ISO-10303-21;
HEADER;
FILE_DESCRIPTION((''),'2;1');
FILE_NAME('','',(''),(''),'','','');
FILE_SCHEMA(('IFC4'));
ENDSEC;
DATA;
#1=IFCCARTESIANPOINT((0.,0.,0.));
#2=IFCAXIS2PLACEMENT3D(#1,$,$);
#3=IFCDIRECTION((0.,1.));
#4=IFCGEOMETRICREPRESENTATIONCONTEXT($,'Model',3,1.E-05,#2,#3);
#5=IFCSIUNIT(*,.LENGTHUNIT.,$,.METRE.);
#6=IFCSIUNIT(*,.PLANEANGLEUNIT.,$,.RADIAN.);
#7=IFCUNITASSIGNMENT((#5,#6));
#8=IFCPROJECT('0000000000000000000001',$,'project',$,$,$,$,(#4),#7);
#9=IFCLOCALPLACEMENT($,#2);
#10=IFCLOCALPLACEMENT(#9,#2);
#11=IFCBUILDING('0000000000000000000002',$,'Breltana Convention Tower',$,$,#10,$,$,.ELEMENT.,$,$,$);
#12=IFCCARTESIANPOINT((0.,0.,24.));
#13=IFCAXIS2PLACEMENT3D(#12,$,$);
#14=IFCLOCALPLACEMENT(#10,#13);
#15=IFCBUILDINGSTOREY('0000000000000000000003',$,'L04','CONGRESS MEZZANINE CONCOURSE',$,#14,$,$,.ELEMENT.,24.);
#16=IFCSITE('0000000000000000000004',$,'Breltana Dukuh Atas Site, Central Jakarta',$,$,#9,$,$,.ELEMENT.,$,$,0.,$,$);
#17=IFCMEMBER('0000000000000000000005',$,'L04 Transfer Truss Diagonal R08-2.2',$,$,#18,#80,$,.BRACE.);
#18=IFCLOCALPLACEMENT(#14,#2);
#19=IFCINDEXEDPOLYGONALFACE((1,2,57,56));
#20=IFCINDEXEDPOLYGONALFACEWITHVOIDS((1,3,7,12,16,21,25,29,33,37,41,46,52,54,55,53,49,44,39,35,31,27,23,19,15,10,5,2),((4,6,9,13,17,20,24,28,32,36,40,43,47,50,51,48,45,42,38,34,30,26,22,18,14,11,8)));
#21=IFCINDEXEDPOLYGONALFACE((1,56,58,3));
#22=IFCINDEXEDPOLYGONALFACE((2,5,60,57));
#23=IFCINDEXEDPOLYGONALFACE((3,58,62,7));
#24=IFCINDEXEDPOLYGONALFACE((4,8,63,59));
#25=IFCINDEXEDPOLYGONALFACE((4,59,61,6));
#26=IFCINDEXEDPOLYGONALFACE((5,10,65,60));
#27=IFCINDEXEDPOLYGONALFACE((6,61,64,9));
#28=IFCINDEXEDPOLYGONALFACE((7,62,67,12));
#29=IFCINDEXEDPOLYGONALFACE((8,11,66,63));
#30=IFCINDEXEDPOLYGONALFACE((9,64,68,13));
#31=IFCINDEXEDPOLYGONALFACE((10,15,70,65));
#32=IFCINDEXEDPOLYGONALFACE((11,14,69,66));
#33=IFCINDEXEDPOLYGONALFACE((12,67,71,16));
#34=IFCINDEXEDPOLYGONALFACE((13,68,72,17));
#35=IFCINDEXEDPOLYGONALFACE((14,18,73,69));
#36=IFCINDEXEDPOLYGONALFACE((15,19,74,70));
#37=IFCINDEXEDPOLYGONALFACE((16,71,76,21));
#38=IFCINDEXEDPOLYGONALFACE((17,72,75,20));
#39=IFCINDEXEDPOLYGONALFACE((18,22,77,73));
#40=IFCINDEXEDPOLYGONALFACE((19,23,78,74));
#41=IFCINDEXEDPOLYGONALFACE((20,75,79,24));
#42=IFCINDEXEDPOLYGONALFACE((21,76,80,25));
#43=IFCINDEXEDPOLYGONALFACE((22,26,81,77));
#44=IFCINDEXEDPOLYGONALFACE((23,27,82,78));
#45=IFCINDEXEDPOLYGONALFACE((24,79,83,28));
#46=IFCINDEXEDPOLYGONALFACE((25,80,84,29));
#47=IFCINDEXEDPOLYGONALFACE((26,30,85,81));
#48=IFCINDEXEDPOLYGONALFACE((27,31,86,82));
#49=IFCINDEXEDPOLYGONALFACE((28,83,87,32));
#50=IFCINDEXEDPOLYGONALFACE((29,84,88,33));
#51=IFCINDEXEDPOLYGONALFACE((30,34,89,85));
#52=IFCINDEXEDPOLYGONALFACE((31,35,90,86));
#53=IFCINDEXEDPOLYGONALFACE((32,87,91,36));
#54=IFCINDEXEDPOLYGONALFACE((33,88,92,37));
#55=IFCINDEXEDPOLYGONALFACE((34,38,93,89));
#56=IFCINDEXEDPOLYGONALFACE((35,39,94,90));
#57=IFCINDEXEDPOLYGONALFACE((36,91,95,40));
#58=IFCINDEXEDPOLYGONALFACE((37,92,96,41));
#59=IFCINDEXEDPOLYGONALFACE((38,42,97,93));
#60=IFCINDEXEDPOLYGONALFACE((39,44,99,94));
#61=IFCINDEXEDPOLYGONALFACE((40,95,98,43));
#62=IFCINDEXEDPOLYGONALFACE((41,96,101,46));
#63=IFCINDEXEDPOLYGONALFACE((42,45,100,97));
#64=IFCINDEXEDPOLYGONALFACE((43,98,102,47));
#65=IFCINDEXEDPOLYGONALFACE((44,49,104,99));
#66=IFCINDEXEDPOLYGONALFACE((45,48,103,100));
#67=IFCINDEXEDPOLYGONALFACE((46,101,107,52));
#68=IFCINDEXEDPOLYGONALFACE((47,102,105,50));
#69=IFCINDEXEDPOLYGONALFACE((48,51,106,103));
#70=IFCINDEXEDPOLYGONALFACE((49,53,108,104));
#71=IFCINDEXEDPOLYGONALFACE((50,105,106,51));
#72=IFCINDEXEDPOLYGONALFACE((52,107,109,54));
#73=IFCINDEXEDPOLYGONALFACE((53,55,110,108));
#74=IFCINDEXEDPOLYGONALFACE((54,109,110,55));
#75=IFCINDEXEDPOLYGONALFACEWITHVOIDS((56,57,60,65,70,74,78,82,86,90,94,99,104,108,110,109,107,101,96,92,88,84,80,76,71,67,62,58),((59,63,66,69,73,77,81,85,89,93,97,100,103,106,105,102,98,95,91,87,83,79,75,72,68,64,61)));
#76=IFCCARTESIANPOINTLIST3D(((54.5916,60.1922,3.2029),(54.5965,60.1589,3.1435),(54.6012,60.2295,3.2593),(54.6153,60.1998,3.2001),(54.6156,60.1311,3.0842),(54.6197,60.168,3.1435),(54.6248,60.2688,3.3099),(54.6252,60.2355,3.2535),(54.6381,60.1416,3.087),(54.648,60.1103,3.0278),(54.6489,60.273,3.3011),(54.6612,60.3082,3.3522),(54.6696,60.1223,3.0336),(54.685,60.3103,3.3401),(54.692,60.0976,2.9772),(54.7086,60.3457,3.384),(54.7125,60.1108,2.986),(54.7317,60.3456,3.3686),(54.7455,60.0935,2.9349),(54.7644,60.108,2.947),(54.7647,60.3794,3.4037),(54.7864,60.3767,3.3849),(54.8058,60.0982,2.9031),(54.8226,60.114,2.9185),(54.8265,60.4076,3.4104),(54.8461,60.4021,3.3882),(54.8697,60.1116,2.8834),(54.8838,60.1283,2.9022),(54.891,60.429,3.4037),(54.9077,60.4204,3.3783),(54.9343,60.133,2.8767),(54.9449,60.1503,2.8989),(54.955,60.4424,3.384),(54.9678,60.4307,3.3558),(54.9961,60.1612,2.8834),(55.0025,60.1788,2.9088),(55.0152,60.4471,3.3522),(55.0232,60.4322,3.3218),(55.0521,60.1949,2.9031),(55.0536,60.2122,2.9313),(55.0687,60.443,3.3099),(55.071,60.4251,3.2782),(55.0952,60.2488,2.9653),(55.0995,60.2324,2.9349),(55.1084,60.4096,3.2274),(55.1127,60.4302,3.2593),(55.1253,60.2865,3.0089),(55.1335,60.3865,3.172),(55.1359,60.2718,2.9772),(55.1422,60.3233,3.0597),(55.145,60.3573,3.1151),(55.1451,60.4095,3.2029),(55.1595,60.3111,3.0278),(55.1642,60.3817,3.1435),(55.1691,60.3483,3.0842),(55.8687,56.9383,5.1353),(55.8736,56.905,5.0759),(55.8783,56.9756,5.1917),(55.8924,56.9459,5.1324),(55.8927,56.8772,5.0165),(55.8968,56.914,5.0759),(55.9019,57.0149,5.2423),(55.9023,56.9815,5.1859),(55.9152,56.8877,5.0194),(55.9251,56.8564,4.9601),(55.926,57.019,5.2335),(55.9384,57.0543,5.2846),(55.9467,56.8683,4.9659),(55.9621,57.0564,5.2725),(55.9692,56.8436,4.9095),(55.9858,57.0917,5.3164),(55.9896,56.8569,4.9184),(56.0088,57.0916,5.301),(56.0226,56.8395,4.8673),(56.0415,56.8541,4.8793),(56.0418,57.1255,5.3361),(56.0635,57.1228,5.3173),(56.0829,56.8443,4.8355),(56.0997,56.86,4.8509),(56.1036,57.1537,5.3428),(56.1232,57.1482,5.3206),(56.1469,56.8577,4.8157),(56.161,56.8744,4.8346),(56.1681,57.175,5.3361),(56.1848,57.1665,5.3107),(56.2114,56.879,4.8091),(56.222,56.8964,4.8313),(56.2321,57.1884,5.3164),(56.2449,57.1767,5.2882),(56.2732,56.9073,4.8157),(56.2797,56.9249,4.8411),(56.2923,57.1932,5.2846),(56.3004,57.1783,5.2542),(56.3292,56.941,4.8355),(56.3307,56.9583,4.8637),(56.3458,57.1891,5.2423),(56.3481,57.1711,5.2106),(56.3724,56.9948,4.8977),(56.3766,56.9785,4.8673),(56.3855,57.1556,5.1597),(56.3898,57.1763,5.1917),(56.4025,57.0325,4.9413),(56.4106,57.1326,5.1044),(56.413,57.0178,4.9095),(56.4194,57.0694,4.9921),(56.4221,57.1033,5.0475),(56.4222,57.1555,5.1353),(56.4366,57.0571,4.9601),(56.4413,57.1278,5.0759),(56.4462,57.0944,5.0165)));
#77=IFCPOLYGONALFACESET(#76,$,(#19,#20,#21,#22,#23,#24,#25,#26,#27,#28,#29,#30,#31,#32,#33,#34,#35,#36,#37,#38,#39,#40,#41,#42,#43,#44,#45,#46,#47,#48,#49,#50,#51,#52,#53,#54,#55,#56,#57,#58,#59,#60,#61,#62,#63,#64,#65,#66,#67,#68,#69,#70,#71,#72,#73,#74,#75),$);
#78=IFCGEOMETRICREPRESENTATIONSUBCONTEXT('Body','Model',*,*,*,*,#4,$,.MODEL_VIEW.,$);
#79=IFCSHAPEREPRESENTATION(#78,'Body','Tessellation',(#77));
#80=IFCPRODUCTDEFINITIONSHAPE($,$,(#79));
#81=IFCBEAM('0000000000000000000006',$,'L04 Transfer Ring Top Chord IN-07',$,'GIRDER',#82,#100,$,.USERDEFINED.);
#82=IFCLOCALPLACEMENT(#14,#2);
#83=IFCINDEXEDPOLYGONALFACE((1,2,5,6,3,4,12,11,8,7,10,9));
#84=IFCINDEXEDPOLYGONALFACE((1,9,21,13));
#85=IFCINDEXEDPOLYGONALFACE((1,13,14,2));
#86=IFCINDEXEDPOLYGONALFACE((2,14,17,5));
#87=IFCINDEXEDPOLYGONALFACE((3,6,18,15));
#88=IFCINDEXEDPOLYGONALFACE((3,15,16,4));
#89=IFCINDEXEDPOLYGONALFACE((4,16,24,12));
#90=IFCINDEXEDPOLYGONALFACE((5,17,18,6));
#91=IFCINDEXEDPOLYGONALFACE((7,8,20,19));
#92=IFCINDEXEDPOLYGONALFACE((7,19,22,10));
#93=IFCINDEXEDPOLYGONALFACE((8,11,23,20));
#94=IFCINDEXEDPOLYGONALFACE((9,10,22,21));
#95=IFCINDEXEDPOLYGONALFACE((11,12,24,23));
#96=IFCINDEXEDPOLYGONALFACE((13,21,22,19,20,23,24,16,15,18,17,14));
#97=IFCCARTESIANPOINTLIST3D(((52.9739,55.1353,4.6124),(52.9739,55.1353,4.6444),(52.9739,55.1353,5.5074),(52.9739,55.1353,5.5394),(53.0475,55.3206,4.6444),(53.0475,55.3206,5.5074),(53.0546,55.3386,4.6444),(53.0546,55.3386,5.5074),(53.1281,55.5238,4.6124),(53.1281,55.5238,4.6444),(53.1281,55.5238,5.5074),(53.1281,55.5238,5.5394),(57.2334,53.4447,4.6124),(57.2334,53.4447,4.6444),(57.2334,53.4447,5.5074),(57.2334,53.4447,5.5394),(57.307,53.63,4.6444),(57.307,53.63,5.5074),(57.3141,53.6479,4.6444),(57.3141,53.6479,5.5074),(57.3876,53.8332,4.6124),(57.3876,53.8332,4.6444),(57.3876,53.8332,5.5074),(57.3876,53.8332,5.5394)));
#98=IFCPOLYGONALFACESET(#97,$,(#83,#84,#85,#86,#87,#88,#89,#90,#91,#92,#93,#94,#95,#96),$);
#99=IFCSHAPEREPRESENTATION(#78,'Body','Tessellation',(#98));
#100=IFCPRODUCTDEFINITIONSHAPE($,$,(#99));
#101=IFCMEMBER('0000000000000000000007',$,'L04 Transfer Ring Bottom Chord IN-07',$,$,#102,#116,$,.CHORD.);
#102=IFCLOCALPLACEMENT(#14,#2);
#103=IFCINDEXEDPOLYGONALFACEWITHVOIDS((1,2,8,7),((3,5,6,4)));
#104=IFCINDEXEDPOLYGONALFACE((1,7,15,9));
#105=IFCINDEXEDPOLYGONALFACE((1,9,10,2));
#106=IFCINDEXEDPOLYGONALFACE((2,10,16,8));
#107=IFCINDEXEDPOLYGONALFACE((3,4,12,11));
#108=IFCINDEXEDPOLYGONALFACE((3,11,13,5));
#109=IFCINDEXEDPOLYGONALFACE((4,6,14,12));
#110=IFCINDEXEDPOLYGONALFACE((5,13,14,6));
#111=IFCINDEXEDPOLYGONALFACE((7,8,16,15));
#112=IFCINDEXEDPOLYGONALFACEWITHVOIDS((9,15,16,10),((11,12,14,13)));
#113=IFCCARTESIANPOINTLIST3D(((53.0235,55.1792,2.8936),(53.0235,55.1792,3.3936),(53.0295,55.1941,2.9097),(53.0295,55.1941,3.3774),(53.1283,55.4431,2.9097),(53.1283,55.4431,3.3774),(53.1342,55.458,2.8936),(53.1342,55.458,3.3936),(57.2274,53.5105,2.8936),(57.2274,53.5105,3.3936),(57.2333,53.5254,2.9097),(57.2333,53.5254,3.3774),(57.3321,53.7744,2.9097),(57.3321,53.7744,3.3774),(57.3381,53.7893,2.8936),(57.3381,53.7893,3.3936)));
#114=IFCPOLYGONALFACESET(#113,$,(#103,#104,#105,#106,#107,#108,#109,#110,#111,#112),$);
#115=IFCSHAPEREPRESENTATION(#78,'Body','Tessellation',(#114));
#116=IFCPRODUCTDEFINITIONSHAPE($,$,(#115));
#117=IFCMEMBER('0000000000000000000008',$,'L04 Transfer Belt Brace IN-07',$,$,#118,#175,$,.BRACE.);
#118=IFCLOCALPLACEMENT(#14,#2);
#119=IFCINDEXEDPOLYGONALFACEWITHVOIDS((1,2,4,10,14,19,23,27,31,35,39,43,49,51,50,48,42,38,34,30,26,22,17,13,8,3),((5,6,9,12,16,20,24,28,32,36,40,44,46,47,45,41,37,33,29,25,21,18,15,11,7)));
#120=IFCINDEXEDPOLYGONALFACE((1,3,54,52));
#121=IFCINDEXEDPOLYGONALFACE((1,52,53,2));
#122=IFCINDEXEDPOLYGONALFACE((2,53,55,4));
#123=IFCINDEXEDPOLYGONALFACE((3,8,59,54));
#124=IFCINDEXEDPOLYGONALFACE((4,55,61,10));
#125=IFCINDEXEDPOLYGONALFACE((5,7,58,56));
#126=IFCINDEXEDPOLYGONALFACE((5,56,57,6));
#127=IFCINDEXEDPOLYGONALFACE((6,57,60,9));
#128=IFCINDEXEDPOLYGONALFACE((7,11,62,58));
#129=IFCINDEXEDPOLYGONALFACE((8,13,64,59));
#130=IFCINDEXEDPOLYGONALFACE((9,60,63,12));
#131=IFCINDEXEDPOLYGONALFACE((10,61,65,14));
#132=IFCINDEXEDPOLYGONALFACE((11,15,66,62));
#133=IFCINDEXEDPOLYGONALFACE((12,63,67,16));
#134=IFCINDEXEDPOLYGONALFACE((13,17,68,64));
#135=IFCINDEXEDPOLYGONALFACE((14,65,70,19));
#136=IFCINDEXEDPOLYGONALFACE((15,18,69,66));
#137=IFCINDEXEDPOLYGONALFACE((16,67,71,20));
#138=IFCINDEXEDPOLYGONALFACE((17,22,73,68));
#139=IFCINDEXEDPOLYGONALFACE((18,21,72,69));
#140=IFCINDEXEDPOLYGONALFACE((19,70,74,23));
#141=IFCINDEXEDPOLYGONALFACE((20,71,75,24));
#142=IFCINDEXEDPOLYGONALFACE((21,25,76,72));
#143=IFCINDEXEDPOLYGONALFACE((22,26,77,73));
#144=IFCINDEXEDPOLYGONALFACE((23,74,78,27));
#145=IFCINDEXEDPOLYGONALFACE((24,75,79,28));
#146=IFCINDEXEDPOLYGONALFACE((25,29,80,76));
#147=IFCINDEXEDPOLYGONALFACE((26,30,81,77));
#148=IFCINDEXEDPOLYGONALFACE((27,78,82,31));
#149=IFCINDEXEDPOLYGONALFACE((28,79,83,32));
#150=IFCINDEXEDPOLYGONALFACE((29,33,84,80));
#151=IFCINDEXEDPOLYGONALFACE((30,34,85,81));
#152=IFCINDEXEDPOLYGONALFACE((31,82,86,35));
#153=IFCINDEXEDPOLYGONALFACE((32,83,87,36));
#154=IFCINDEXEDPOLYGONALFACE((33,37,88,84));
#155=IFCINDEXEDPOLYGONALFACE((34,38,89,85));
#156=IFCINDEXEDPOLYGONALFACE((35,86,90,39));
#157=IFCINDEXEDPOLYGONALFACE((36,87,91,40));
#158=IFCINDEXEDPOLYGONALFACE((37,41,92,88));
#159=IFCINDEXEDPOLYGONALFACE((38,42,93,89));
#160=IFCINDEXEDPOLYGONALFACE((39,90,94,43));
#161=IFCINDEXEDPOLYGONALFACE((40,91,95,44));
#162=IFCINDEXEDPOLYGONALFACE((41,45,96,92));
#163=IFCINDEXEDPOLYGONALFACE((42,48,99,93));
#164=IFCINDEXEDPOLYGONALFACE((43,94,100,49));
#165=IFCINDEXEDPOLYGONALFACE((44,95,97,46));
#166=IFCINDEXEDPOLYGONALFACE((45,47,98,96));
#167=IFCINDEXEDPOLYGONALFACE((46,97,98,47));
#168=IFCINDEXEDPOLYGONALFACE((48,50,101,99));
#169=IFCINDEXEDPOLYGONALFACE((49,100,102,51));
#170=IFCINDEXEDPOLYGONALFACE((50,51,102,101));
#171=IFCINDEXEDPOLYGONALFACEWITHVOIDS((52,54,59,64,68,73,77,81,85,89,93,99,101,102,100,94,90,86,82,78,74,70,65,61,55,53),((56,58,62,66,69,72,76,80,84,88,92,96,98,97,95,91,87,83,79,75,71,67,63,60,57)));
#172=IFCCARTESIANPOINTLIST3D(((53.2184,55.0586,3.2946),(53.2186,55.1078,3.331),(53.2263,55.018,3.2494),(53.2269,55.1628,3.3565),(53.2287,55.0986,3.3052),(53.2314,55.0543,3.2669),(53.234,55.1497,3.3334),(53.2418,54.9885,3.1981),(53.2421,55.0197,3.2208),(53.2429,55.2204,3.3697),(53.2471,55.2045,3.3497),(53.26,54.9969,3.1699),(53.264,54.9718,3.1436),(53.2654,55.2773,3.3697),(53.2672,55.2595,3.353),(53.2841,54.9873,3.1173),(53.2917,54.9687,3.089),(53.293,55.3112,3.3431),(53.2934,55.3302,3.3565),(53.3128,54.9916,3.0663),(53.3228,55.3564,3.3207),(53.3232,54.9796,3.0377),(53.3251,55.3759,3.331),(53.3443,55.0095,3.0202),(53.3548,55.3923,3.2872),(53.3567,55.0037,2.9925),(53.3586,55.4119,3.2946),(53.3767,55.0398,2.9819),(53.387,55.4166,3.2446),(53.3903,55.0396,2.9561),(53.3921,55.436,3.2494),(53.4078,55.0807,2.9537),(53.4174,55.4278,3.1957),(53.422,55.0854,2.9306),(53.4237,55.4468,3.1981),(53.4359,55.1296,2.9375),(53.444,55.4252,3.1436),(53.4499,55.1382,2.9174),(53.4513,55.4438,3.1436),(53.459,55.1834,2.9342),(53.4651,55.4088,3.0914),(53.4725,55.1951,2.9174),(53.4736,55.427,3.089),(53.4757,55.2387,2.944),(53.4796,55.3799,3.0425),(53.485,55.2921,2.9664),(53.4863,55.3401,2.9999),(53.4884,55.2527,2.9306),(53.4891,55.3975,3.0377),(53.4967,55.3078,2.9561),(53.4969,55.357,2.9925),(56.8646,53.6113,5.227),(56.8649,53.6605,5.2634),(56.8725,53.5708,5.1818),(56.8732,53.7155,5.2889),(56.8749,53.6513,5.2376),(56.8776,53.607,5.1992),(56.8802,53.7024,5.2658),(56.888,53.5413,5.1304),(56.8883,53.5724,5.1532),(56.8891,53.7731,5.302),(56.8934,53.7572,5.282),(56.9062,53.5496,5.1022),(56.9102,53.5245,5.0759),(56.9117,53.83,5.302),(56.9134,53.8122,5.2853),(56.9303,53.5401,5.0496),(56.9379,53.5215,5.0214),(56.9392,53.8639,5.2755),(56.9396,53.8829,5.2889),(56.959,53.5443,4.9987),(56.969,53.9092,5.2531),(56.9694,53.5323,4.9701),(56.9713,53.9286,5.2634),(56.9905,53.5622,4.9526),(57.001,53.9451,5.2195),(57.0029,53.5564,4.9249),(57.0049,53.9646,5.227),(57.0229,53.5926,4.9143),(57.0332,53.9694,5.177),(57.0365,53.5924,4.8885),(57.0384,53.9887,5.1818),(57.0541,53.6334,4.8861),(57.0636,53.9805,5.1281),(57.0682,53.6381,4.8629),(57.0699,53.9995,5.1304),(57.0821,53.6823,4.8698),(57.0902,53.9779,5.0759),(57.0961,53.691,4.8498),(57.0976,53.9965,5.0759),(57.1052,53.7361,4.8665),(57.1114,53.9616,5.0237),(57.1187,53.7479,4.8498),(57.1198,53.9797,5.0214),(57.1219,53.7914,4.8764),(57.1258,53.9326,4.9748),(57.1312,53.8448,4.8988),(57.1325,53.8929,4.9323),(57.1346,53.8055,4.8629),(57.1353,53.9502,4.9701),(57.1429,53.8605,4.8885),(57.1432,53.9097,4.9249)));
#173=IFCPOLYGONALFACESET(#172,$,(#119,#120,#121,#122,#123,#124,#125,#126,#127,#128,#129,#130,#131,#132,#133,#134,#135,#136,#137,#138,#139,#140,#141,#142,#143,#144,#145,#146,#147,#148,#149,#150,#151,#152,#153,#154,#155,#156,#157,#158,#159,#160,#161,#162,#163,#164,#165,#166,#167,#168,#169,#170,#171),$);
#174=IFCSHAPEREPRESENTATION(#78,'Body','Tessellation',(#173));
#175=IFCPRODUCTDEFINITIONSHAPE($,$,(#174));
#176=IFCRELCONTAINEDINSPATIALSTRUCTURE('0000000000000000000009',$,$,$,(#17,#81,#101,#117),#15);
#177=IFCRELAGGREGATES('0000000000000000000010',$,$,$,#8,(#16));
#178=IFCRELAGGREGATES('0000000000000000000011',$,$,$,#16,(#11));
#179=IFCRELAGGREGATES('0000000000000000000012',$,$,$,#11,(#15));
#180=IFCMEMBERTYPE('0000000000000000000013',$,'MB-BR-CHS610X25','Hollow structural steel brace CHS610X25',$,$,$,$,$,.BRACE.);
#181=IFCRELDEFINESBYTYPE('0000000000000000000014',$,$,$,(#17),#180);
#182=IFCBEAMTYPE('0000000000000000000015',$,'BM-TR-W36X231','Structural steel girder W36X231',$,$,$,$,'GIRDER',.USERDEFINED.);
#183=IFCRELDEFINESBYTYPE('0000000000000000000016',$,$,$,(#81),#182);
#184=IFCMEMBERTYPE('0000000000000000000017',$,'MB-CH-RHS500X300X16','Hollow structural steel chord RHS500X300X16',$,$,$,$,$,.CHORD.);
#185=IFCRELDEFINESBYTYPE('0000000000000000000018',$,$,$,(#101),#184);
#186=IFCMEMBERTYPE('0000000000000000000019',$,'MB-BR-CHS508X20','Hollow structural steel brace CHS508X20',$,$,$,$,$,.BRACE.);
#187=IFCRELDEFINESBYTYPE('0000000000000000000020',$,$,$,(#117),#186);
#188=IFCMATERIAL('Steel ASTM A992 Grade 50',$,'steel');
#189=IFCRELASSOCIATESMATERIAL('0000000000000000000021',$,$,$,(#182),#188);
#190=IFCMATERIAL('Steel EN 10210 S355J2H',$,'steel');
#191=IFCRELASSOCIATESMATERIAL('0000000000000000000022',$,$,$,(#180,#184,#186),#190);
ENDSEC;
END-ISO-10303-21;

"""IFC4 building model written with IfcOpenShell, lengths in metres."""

from ifc_helpers import new_model, si_unit, direction, frame, origin, origin_2d, place, context, subcontext, project, spatial, hollow_rectangle, hollow_circle, i_section, extrude, source, transform, mapped, material, material_profile, profile_set, type_object, element, save


model = new_model("IFC4")

# Units and contexts
model_context = context("Model", 3, precision=1e-05, world=origin(), true_north=direction((0.0, 1.0)))
body_context = subcontext(model_context, "Body", "Model", "MODEL_VIEW")
ifc_project = project(units=[si_unit("LENGTHUNIT", "METRE"), si_unit("PLANEANGLEUNIT", "RADIAN")], contexts=[model_context])

# Site, building, storey
site_placement = place(None, origin())
site = spatial("IfcSite", under=ifc_project, at=site_placement, Name="Breltana Dukuh Atas Site, Central Jakarta", CompositionType="ELEMENT", RefElevation=0.0)
building_placement = place(site_placement, origin())
building = spatial("IfcBuilding", under=site, at=building_placement, Name="Breltana Convention Tower", CompositionType="ELEMENT")
storey_placement = place(building_placement, frame((0.0, 0.0, 24.0)))
storey = spatial("IfcBuildingStorey", under=building, at=storey_placement, Name="L04", Description="CONGRESS MEZZANINE CONCOURSE", CompositionType="ELEMENT", Elevation=24.0)

# Shared definitions
ifc_material_1 = material(Name="Steel ASTM A992 Grade 50", Category="steel")

# Shared definitions
ifc_material_profile_1 = material_profile(ifc_material_1, i_section(OverallWidth=0.418, OverallDepth=0.927, WebThickness=0.0193, FlangeThickness=0.032, at=origin_2d()), Name="W36X231")
ifc_profile_set_1 = profile_set([ifc_material_profile_1], Name="Steel ASTM A992 Grade 50")
beam_type_1 = type_object("IfcBeamType", Name="BM-TR-W36X231", Description="Structural steel girder W36X231", ElementType="GIRDER", PredefinedType="USERDEFINED", material=ifc_profile_set_1)

# Member
ifc_material_2 = material(Name="Steel EN 10210 S355J2H", Category="steel")
ifc_material_profile_2 = material_profile(ifc_material_2, hollow_circle(Radius=0.3049, WallThickness=0.0249, at=origin_2d()), Name="CHS610X25")
ifc_profile_set_2 = profile_set([ifc_material_profile_2], Name="Steel EN 10210 S355J2H")
member_type_1 = type_object("IfcMemberType", Name="MB-BR-CHS610X25", Description="Hollow structural steel brace CHS610X25", PredefinedType="BRACE", material=ifc_profile_set_2)
shared_shape_1 = source(origin(), body_context, "Body", "SweptSolid", [
    extrude(hollow_circle(Radius=0.3049, WallThickness=0.0249, at=origin_2d()), origin(), (0.0, 0.0, 1.0), 3.9941),
])
member_1_placement = place(storey_placement, frame((56.1575, 57.0164, 5.0759), z_axis=(-0.319745, 0.814675, -0.483805), x_axis=(-0.93087, -0.36535, 0.0)))
element("IfcMember", 1, at=member_1_placement, inside=storey, type_object=member_type_1, Name="L04 Transfer Truss Diagonal R08-2.2", PredefinedType="BRACE", context=body_context, shape_type="MappedRepresentation", body=[
    mapped(shared_shape_1, transform((0.0, 0.0, 0.0), scale=1.0)),
])

# Beam
shared_shape_2 = source(origin(), body_context, "Body", "SweptSolid", [
    extrude(i_section(OverallWidth=0.418, OverallDepth=0.927, WebThickness=0.0193, FlangeThickness=0.032, at=origin_2d()), origin(), (0.0, 0.0, 1.0), 4.5828),
])
beam_1_placement = place(storey_placement, frame((53.051, 55.3296, 5.0759), z_axis=(0.929462, -0.368919, 0.0), x_axis=(0.368919, 0.929462, 0.0)))
element("IfcBeam", 2, at=beam_1_placement, inside=storey, type_object=beam_type_1, Name="L04 Transfer Ring Top Chord IN-07", ObjectType="GIRDER", PredefinedType="USERDEFINED", context=body_context, shape_type="MappedRepresentation", body=[
    mapped(shared_shape_2, transform((0.0, 0.0, 0.0), scale=1.0)),
])

# Members
ifc_material_profile_3 = material_profile(ifc_material_2, hollow_rectangle(XDim=0.3, YDim=0.5, WallThickness=0.0161, at=origin_2d()), Name="RHS500X300X16")
ifc_profile_set_3 = profile_set([ifc_material_profile_3], Name="Steel EN 10210 S355J2H")
member_type_2 = type_object("IfcMemberType", Name="MB-CH-RHS500X300X16", Description="Hollow structural steel chord RHS500X300X16", PredefinedType="CHORD", material=ifc_profile_set_3)
shared_shape_3 = source(origin(), body_context, "Body", "SweptSolid", [
    extrude(hollow_rectangle(XDim=0.3, YDim=0.5, WallThickness=0.0161, at=origin_2d()), origin(), (0.0, 0.0, 1.0), 4.5229),
])
member_2_placement = place(storey_placement, frame((53.0789, 55.3186, 3.1436), z_axis=(0.929453, -0.368942, 0.0), x_axis=(0.368942, 0.929453, 0.0)))
element("IfcMember", 3, at=member_2_placement, inside=storey, type_object=member_type_2, Name="L04 Transfer Ring Bottom Chord IN-07", PredefinedType="CHORD", context=body_context, shape_type="MappedRepresentation", body=[
    mapped(shared_shape_3, transform((0.0, 0.0, 0.0), scale=1.0)),
])
ifc_material_profile_4 = material_profile(ifc_material_2, hollow_circle(Radius=0.2539, WallThickness=0.02, at=origin_2d()), Name="CHS508X20")
ifc_profile_set_4 = profile_set([ifc_material_profile_4], Name="Steel EN 10210 S355J2H")
member_type_3 = type_object("IfcMemberType", Name="MB-BR-CHS508X20", Description="Hollow structural steel brace CHS508X20", PredefinedType="BRACE", material=ifc_profile_set_4)
shared_shape_4 = source(origin(), body_context, "Body", "SweptSolid", [
    extrude(hollow_circle(Radius=0.2539, WallThickness=0.02, at=origin_2d()), origin(), (0.0, 0.0, 1.0), 4.373),
])
member_3_placement = place(storey_placement, frame((53.3577, 55.2078, 3.1436), z_axis=(0.833795, -0.33095, 0.441881), x_axis=(0.368921, 0.929461, 0.0)))
element("IfcMember", 4, at=member_3_placement, inside=storey, type_object=member_type_3, Name="L04 Transfer Belt Brace IN-07", PredefinedType="BRACE", context=body_context, shape_type="MappedRepresentation", body=[
    mapped(shared_shape_4, transform((0.0, 0.0, 0.0), scale=1.0)),
])

save(model, "model.ifc")
